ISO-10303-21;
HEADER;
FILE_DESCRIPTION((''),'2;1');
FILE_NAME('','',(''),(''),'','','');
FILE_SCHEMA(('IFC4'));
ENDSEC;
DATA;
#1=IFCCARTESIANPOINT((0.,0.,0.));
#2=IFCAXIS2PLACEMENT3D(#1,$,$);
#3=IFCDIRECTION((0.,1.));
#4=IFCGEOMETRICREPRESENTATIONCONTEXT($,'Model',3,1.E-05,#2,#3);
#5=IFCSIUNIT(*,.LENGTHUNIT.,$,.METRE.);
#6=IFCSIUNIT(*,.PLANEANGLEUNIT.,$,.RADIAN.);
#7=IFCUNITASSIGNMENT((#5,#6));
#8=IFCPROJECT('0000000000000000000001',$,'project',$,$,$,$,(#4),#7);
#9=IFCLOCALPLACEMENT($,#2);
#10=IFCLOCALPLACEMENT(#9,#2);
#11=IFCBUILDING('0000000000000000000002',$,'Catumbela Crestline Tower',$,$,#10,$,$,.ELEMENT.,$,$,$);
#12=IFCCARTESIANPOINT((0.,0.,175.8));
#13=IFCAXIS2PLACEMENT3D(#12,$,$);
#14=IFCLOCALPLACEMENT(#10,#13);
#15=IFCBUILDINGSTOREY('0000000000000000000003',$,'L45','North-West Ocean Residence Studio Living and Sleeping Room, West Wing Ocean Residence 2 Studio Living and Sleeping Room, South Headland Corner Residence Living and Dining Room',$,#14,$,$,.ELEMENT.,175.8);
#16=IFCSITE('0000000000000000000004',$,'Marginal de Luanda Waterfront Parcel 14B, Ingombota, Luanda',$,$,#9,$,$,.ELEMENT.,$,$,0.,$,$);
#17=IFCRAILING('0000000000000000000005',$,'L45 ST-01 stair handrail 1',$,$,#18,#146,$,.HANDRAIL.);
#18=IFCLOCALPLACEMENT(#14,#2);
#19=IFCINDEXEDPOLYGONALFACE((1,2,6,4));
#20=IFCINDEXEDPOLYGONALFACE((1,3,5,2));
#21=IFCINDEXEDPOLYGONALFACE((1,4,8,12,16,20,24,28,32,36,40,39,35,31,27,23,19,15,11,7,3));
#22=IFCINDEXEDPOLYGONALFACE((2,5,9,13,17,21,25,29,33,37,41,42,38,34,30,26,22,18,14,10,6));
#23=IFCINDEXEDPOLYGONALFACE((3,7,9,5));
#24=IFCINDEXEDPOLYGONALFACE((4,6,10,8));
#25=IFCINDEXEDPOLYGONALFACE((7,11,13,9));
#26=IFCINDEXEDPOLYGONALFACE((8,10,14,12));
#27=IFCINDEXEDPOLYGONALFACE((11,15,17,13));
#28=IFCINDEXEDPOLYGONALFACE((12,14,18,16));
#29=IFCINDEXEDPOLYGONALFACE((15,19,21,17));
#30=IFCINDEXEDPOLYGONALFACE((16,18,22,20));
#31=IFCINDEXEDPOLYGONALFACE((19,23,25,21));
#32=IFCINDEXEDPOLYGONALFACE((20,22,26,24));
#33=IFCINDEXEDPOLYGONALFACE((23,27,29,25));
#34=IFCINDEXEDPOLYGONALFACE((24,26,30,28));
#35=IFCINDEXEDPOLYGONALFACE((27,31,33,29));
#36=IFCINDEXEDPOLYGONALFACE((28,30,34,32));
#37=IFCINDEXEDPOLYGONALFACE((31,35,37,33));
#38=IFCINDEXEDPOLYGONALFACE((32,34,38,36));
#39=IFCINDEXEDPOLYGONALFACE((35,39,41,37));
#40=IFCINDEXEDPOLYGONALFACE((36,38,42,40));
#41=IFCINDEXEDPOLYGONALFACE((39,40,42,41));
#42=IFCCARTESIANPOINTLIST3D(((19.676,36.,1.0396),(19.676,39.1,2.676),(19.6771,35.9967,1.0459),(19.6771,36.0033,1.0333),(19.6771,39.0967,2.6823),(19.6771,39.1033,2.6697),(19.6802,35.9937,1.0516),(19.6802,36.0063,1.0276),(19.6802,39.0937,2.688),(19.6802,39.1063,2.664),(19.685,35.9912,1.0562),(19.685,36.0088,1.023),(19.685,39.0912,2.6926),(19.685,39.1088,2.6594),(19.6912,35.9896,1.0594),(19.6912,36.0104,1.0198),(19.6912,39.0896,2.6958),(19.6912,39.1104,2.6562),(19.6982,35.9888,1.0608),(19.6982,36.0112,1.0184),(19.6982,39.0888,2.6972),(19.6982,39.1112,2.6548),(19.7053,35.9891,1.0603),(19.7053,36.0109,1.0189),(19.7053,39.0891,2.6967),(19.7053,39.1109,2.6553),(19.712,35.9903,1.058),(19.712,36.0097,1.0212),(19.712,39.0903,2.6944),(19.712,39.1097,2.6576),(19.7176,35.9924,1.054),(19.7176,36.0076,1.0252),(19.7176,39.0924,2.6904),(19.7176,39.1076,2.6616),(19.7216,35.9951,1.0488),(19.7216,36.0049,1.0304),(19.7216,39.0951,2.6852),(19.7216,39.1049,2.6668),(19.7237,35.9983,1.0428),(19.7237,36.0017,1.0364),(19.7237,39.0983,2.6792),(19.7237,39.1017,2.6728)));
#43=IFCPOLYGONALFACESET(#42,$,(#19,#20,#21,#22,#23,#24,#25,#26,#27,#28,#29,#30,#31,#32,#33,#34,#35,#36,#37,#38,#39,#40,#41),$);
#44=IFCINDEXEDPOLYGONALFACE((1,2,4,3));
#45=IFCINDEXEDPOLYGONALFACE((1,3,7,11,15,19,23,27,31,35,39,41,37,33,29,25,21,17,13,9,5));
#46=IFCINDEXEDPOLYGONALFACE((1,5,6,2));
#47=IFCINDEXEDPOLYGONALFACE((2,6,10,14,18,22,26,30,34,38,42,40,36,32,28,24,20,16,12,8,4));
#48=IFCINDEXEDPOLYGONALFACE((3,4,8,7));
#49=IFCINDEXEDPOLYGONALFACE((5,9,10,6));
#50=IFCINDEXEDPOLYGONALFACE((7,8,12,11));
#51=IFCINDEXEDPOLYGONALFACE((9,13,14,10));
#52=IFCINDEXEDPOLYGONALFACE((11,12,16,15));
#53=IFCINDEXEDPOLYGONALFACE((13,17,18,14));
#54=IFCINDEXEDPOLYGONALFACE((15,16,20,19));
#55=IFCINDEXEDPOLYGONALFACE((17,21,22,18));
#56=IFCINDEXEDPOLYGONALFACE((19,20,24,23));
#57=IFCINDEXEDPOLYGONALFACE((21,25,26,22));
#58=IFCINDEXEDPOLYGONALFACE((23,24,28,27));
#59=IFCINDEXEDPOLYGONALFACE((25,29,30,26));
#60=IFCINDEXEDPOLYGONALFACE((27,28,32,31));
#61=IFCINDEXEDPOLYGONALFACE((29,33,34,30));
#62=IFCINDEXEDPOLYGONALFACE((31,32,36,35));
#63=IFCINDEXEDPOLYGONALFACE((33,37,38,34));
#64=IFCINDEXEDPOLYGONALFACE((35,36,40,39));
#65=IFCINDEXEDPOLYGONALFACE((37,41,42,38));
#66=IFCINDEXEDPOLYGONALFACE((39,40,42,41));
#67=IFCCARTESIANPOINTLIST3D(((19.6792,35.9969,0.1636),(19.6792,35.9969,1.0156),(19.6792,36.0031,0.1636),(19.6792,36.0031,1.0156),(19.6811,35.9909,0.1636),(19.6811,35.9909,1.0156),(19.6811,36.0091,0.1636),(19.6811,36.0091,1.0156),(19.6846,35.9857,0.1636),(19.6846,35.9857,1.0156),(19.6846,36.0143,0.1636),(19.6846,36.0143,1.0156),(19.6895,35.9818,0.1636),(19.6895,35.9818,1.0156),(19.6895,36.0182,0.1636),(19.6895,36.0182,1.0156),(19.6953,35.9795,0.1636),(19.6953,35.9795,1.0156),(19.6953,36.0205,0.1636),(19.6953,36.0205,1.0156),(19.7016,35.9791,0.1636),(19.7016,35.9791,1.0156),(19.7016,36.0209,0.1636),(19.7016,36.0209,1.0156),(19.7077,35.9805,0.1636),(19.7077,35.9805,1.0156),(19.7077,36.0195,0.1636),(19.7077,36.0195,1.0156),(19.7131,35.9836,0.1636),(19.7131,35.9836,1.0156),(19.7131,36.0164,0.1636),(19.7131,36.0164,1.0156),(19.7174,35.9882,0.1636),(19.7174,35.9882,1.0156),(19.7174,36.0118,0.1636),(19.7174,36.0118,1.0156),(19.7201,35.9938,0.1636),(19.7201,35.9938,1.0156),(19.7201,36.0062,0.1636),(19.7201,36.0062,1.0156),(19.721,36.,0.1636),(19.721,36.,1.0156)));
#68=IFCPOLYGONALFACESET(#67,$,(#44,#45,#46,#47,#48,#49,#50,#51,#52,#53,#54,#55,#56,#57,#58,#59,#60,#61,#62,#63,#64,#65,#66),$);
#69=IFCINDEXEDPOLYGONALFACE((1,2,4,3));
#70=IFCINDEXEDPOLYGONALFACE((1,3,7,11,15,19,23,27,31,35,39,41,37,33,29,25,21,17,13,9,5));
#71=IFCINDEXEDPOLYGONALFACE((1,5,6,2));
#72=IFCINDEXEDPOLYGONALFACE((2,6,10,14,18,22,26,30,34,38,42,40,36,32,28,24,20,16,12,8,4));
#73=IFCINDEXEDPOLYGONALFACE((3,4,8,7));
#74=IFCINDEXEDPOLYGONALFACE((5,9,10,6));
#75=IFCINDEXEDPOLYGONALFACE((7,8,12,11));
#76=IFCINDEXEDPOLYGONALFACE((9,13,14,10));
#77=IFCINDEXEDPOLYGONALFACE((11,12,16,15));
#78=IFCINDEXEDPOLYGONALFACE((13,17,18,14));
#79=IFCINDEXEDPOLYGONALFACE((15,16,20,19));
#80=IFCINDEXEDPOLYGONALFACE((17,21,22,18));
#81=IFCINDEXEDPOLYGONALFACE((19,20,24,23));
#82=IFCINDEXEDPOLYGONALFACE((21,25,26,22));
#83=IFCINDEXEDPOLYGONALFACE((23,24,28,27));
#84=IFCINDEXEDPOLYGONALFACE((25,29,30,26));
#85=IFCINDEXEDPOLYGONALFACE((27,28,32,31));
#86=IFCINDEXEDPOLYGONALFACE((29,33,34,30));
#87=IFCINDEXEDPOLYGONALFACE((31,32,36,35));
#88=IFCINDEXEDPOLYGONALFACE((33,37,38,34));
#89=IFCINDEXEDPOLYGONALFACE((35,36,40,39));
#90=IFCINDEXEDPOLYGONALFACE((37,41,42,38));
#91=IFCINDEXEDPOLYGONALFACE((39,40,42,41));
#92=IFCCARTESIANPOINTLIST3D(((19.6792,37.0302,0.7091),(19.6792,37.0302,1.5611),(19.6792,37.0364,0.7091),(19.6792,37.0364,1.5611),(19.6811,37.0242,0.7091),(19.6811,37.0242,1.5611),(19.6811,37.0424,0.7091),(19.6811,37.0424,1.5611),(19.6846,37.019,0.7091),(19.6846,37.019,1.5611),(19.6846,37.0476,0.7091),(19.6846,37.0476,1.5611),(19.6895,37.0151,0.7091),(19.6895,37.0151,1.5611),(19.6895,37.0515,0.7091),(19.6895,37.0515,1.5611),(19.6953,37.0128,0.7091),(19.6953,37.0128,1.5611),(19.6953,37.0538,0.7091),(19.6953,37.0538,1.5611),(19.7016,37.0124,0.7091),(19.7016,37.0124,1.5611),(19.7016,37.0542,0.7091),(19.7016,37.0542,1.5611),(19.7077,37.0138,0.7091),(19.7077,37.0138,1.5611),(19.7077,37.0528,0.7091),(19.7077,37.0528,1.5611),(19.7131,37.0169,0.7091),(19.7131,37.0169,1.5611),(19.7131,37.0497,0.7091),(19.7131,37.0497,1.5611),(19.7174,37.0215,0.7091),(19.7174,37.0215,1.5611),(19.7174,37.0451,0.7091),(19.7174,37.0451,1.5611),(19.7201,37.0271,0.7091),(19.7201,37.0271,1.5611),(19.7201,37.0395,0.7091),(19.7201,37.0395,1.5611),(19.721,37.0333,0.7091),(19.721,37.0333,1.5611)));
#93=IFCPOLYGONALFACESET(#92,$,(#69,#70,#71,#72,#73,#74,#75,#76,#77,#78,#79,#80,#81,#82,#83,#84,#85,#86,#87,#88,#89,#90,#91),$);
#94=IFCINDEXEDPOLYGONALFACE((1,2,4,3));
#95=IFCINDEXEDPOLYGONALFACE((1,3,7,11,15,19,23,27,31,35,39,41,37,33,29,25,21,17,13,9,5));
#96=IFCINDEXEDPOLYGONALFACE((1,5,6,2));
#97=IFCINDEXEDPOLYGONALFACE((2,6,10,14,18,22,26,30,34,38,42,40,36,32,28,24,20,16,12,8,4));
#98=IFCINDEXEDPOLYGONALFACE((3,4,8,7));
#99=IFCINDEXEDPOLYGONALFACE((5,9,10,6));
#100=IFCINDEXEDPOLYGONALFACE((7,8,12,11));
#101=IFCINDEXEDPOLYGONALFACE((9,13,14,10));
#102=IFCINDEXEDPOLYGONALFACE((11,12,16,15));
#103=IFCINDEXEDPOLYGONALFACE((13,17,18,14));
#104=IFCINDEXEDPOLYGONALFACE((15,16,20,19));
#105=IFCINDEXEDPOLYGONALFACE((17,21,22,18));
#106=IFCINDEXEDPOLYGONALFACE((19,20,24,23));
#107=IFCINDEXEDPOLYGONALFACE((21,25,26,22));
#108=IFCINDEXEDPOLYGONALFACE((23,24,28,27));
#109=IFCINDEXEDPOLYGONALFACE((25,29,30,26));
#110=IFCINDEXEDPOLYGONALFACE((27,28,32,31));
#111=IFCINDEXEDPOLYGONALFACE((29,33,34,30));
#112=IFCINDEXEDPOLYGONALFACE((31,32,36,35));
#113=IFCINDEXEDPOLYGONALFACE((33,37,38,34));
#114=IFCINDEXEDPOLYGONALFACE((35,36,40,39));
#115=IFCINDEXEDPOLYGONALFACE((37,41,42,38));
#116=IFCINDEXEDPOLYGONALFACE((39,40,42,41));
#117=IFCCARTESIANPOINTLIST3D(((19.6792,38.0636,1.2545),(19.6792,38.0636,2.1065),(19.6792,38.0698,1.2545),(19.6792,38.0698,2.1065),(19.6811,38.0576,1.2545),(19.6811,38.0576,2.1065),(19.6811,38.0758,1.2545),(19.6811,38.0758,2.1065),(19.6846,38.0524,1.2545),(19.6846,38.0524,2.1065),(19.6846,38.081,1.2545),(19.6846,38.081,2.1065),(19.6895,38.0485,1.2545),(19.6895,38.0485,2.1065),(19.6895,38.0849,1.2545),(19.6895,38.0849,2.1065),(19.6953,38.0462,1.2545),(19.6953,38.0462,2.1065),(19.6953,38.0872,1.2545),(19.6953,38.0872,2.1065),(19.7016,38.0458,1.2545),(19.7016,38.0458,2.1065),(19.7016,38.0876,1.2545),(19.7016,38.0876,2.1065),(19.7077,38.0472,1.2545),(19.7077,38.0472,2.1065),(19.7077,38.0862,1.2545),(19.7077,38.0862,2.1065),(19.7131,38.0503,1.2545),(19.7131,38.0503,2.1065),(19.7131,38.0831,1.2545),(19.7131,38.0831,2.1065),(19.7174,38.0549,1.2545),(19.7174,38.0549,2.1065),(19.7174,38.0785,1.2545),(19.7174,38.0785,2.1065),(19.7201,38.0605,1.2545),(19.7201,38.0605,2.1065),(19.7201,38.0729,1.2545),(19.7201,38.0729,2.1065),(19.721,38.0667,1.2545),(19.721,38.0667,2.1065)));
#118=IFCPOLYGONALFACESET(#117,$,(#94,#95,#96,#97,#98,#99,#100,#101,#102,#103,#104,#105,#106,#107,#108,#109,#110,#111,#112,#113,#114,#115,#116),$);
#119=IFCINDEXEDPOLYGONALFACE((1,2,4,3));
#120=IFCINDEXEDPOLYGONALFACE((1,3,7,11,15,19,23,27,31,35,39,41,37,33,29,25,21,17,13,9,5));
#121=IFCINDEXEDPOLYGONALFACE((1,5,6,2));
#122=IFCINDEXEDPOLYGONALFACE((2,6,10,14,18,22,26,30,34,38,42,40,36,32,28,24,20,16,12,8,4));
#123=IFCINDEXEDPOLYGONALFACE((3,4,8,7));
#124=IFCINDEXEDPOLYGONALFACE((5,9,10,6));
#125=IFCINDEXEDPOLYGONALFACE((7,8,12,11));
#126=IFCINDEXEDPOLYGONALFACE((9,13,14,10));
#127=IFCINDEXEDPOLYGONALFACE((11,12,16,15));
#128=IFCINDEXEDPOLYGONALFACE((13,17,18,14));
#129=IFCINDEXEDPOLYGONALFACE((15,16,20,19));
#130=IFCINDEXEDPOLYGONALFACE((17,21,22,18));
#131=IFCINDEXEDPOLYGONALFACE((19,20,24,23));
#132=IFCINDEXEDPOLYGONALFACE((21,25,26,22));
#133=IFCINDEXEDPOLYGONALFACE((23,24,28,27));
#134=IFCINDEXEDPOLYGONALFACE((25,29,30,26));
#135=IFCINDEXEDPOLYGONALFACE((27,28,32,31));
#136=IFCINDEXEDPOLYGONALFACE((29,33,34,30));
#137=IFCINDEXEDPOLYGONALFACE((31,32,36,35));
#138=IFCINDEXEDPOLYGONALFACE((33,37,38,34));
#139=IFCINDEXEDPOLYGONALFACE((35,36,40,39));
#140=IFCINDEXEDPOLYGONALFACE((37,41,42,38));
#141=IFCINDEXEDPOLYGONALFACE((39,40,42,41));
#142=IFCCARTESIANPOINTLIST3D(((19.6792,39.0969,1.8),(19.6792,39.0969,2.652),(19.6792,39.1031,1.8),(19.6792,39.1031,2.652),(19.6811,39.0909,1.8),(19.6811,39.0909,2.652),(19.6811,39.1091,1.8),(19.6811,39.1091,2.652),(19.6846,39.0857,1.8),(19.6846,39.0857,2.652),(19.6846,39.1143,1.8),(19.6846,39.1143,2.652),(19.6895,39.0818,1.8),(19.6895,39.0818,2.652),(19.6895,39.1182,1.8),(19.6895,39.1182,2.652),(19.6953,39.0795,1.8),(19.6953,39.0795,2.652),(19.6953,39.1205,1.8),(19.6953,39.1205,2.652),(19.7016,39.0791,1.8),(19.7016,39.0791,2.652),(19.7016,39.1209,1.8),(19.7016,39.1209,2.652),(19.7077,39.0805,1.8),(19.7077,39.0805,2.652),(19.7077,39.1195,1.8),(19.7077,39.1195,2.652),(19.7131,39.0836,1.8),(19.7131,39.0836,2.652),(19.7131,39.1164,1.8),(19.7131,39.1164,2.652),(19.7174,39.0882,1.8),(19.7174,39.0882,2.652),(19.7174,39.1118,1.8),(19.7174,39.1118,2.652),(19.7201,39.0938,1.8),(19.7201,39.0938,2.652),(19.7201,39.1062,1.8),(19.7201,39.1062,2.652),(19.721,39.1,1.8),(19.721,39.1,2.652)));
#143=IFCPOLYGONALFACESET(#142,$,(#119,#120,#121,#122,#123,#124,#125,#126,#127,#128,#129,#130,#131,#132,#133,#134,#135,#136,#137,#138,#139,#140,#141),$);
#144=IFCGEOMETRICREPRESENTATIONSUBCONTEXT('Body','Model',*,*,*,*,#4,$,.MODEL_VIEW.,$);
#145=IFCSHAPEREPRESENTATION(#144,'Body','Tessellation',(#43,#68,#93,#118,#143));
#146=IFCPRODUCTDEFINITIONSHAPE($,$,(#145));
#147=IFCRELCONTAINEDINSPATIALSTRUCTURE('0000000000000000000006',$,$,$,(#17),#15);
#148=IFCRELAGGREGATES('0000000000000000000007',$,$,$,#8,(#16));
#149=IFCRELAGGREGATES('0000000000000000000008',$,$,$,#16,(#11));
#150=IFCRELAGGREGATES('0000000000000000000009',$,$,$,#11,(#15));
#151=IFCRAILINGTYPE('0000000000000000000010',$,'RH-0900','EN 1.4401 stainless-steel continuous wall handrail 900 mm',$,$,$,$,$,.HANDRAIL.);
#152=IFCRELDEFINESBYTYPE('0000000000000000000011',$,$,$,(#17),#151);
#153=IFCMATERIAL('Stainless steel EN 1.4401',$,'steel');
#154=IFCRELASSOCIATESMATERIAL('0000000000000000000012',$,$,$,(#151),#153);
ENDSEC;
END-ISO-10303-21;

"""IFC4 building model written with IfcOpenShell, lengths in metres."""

from ifc_helpers import new_model, si_unit, direction, frame, origin, origin_2d, place, context, subcontext, project, spatial, circle, extrude, material, type_object, element, save


model = new_model("IFC4")

# Units and contexts
model_context = context("Model", 3, precision=1e-05, world=origin(), true_north=direction((0.0, 1.0)))
body_context = subcontext(model_context, "Body", "Model", "MODEL_VIEW")
ifc_project = project(units=[si_unit("LENGTHUNIT", "METRE"), si_unit("PLANEANGLEUNIT", "RADIAN")], contexts=[model_context])

# Site, building, storey
site_placement = place(None, origin())
site = spatial("IfcSite", under=ifc_project, at=site_placement, Name="Marginal de Luanda Waterfront Parcel 14B, Ingombota, Luanda", CompositionType="ELEMENT", RefElevation=0.0)
building_placement = place(site_placement, origin())
building = spatial("IfcBuilding", under=site, at=building_placement, Name="Catumbela Crestline Tower", CompositionType="ELEMENT")
storey_placement = place(building_placement, frame((0.0, 0.0, 175.8)))
storey = spatial("IfcBuildingStorey", under=building, at=storey_placement, Name="L45", Description="North-West Ocean Residence Studio Living and Sleeping Room, West Wing Ocean Residence 2 Studio Living and Sleeping Room, South Headland Corner Residence Living and Dining Room", CompositionType="ELEMENT", Elevation=175.8)

# Shared definitions
ifc_material_1 = material(Name="Stainless steel EN 1.4401", Category="steel")

# Railing
railing_type_1 = type_object("IfcRailingType", Name="RH-0900", Description="EN 1.4401 stainless-steel continuous wall handrail 900 mm", PredefinedType="HANDRAIL", material=ifc_material_1)
railing_1_placement = place(storey_placement, frame((19.7, 36.0, 0.1636)))
element("IfcRailing", 1, at=railing_1_placement, inside=storey, type_object=railing_type_1, Name="L45 ST-01 stair handrail 1", PredefinedType="HANDRAIL", context=body_context, shape_type="SweptSolid", body=[
    extrude(circle(Radius=0.024, at=origin_2d()), frame((0.0, 0.0, 0.876), z_axis=(0.0, 0.884351, 0.466823), x_axis=(-1.0, 0.0, 0.0)), (0.0, 0.0, 1.0), 3.5054),
    extrude(circle(Radius=0.021, at=origin_2d()), origin(), (0.0, 0.0, 1.0), 0.852),
    extrude(circle(Radius=0.021, at=origin_2d()), frame((0.0, 1.0333, 0.5455)), (0.0, 0.0, 1.0), 0.852),
    extrude(circle(Radius=0.021, at=origin_2d()), frame((0.0, 2.0667, 1.0909)), (0.0, 0.0, 1.0), 0.852),
    extrude(circle(Radius=0.021, at=origin_2d()), frame((0.0, 3.1, 1.6364)), (0.0, 0.0, 1.0), 0.852),
])

save(model, "model.ifc")
